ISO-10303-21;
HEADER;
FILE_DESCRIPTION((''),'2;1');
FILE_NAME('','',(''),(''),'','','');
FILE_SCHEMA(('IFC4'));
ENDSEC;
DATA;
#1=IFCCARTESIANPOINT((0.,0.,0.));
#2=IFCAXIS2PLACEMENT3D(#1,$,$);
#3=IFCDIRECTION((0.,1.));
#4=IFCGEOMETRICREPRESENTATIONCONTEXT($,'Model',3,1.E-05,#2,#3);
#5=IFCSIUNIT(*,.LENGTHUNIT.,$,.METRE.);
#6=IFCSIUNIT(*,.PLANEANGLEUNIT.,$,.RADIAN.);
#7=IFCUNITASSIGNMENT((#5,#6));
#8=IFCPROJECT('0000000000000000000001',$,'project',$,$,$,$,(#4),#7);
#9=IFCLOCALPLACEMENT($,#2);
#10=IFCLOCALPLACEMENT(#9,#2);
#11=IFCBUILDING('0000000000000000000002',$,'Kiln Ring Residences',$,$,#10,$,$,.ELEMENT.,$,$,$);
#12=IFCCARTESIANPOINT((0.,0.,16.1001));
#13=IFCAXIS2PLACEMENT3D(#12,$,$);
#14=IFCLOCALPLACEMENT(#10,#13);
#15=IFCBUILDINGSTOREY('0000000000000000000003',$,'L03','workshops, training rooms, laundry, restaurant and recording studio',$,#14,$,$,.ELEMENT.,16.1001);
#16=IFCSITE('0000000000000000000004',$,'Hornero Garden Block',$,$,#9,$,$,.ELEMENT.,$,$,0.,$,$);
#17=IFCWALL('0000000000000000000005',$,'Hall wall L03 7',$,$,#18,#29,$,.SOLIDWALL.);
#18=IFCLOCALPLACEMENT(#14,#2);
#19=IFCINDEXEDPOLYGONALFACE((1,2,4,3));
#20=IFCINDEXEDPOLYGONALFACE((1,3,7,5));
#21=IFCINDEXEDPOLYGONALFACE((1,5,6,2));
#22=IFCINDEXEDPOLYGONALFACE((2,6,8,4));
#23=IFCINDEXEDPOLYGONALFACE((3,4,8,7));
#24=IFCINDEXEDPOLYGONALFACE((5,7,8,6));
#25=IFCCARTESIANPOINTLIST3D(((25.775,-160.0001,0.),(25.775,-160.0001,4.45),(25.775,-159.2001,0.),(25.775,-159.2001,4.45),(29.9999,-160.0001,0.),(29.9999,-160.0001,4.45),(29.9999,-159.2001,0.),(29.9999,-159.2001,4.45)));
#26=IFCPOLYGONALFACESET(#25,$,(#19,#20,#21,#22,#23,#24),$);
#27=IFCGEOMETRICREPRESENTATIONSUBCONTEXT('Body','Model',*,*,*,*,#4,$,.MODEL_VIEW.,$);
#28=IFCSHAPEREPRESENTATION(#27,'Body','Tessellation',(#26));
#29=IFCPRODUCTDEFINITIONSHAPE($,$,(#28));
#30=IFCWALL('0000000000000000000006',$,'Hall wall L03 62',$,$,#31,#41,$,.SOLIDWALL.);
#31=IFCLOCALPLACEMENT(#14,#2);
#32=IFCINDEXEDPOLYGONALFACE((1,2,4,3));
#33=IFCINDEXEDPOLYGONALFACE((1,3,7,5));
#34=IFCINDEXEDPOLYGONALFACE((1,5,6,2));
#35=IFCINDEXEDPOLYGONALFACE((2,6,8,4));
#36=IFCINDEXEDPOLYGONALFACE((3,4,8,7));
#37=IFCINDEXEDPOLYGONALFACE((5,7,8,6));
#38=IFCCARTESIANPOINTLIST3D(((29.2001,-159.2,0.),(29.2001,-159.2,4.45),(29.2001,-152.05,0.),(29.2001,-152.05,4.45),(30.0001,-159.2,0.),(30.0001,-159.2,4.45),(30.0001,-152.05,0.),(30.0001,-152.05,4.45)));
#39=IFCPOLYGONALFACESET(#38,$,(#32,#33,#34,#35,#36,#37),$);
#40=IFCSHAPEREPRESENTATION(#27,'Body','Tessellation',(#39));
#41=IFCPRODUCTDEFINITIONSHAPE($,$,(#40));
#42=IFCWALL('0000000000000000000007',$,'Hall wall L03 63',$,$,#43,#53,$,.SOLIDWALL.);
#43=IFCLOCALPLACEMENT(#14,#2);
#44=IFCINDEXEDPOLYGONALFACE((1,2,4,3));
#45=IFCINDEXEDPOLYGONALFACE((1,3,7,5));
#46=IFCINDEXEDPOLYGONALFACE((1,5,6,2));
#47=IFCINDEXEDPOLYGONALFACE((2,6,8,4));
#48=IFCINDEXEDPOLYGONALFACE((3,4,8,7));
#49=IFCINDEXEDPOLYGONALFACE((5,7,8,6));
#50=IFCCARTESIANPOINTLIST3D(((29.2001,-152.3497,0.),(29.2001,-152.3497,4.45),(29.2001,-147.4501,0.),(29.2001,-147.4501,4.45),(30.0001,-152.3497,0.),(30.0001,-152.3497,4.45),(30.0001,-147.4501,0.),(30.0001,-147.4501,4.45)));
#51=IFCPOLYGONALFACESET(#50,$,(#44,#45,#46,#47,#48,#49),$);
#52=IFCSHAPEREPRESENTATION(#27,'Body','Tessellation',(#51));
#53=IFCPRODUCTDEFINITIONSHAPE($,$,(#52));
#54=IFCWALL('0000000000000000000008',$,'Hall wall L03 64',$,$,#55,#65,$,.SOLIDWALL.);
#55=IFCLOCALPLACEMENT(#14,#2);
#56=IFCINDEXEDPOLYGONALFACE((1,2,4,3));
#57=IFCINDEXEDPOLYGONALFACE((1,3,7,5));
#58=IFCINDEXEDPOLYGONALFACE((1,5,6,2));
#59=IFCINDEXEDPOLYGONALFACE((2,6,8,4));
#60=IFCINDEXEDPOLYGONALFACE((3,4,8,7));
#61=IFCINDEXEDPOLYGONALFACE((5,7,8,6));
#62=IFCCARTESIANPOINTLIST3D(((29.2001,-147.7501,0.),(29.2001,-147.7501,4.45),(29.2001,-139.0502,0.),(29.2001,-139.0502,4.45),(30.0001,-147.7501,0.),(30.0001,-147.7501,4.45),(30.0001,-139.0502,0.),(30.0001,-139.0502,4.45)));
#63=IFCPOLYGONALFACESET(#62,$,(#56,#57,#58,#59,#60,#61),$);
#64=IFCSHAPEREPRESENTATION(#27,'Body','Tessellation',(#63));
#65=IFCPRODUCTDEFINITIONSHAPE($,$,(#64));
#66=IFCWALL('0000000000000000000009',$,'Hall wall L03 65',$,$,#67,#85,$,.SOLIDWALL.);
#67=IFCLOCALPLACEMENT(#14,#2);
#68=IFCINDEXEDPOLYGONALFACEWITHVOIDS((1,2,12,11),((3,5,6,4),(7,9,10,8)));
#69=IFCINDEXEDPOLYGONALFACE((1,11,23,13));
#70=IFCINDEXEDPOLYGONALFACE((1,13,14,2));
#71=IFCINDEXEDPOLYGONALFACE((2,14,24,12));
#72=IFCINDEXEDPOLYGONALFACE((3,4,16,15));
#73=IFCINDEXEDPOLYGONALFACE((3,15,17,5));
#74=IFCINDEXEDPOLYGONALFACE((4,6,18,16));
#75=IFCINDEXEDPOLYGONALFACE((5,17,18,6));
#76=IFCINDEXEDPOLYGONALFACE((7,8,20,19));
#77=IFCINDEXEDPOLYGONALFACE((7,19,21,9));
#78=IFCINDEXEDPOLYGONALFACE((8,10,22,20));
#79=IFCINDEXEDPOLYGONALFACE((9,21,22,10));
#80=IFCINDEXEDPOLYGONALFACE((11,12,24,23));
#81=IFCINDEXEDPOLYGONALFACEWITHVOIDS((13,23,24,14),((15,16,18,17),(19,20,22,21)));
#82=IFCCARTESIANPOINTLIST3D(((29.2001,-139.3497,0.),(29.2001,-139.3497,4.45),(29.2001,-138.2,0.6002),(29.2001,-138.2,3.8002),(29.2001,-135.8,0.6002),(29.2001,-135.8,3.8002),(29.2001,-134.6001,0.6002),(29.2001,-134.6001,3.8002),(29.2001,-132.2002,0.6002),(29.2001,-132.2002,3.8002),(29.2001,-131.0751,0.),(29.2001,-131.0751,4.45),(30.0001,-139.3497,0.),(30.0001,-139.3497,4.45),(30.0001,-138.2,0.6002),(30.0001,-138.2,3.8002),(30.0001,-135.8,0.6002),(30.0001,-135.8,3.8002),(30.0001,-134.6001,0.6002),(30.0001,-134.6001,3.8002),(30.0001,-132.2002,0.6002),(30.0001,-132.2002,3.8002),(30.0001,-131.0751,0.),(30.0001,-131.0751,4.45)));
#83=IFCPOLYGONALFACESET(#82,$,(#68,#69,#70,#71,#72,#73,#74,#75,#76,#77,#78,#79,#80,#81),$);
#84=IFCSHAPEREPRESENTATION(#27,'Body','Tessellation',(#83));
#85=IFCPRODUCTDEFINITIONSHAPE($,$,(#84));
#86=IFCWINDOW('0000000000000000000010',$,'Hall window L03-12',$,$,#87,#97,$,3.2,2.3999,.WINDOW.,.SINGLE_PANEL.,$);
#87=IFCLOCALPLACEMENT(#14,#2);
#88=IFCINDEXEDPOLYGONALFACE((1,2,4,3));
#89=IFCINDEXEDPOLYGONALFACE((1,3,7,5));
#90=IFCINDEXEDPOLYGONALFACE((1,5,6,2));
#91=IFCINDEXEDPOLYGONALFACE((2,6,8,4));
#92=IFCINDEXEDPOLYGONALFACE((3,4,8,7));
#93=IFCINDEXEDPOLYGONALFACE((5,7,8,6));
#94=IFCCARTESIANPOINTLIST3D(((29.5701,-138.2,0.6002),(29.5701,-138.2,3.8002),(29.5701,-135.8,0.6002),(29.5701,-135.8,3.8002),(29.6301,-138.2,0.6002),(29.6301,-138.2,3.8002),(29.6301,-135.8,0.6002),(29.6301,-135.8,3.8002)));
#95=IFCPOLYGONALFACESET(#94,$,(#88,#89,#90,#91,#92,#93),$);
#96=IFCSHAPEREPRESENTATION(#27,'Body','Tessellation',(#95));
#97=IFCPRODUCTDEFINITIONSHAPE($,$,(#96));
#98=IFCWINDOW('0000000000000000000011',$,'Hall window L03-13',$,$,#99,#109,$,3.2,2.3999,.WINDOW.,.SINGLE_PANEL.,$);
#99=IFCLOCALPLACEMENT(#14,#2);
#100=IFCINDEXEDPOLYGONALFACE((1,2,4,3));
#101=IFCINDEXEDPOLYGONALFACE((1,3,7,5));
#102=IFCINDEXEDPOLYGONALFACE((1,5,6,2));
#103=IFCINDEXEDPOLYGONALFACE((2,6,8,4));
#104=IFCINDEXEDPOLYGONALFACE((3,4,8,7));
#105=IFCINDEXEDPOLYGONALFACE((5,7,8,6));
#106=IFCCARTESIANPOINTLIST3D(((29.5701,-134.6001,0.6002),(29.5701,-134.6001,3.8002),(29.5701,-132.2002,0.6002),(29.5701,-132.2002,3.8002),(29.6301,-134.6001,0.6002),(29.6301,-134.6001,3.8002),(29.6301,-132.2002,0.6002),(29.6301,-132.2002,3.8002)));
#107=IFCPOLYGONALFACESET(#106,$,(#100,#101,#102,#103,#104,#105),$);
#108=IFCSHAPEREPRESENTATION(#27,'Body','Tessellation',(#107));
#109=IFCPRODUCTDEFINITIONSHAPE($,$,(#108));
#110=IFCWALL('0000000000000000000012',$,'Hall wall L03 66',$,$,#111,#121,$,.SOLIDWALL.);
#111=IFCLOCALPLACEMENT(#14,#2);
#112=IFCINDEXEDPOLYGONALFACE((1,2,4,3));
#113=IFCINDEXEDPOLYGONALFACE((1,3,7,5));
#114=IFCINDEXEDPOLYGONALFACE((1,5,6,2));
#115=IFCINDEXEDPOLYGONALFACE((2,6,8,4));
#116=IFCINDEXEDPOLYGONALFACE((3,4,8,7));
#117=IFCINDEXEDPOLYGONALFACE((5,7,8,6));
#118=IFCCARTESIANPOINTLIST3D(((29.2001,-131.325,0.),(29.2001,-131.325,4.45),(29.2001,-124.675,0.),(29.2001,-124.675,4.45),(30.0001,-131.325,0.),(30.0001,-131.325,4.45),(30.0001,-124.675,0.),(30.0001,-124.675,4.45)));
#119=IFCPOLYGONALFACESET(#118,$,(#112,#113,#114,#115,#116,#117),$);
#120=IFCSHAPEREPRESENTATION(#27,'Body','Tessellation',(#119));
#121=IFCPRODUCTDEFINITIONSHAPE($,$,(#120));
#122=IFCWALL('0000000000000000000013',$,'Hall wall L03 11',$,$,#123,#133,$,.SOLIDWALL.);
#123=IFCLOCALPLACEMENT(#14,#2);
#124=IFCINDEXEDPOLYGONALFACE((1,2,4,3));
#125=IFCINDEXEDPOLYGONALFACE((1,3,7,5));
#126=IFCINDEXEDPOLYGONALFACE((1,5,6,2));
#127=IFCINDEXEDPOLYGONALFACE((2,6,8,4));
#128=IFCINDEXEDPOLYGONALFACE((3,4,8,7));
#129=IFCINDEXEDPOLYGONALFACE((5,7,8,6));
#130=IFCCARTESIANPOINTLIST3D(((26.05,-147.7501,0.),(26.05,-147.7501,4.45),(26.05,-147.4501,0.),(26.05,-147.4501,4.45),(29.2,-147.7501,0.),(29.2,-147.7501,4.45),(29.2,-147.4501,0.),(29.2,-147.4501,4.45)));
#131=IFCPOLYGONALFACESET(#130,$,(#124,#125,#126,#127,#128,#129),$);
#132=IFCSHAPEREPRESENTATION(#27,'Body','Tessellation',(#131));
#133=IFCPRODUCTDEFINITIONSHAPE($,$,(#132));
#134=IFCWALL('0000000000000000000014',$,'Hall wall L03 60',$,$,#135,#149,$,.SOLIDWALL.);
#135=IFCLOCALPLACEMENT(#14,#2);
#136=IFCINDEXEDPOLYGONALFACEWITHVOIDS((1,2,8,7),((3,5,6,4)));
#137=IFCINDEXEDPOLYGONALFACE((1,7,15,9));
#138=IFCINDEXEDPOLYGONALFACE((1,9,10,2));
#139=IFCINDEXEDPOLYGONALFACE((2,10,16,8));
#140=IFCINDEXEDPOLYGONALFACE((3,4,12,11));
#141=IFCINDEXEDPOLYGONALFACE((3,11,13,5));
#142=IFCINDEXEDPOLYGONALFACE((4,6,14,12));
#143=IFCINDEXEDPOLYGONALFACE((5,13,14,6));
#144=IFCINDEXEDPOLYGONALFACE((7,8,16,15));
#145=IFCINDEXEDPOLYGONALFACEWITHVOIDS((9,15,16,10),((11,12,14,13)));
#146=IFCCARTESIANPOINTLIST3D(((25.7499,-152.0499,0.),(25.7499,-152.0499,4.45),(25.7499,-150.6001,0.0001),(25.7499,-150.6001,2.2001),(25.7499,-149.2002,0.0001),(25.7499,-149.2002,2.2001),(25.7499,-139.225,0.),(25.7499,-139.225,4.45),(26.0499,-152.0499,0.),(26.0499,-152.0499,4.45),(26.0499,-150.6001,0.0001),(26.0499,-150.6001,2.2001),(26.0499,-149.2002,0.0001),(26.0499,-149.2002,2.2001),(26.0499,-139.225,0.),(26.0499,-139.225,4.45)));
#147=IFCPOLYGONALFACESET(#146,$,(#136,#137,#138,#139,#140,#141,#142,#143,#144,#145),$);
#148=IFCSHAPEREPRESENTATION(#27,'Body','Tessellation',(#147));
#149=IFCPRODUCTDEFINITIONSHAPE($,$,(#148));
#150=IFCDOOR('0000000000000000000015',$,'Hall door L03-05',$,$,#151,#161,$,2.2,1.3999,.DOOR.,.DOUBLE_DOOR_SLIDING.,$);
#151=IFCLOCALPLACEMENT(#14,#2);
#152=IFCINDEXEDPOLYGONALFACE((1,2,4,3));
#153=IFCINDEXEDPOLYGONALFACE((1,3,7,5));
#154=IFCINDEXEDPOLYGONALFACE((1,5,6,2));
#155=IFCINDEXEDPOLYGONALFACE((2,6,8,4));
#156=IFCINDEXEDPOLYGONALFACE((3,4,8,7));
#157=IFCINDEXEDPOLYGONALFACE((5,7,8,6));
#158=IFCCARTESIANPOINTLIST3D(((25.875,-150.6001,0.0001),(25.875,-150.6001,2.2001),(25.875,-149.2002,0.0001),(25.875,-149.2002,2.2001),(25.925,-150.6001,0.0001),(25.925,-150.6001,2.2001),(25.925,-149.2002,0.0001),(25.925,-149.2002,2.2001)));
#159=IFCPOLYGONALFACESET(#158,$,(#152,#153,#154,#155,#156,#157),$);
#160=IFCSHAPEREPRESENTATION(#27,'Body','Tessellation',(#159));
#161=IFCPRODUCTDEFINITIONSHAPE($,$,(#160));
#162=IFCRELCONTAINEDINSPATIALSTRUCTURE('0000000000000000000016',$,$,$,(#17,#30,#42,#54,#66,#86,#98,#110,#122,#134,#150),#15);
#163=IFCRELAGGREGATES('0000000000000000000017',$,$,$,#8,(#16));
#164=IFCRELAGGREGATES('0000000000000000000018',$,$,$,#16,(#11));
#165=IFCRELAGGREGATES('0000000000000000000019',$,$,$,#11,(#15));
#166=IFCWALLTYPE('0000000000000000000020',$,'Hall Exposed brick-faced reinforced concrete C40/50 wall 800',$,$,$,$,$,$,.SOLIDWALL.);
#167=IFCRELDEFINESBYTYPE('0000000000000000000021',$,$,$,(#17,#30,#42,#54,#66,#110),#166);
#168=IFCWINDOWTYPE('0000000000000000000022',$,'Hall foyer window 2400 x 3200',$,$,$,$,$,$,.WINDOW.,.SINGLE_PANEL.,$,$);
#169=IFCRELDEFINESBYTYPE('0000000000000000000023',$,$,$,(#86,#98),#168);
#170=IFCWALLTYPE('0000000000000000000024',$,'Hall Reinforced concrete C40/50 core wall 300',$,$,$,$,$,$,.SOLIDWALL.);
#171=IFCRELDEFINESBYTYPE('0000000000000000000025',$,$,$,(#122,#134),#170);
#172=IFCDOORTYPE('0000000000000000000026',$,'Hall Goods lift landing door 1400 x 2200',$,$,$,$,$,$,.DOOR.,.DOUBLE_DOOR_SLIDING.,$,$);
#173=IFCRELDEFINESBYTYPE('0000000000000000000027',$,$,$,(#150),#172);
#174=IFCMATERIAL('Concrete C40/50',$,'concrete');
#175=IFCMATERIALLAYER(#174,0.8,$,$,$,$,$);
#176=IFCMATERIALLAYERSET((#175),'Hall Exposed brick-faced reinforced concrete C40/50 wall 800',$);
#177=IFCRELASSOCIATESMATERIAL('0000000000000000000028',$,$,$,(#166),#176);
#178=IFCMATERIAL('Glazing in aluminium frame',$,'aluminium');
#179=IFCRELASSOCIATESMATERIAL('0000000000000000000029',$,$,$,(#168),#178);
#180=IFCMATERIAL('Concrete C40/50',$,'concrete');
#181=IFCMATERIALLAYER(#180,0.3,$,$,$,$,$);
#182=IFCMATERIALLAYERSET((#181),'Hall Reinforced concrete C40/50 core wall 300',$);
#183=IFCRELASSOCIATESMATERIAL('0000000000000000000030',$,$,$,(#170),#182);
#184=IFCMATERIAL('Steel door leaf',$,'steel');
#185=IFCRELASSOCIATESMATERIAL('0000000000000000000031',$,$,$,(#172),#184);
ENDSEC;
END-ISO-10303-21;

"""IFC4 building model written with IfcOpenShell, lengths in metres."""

from ifc_helpers import new_model, si_unit, direction, frame, frame_2d, origin, place, context, subcontext, project, spatial, rectangle, extrude, material, layer, layer_set, type_object, element, fill, save


model = new_model("IFC4")

# Units and contexts
model_context = context("Model", 3, precision=1e-05, world=origin(), true_north=direction((0.0, 1.0)))
body_context = subcontext(model_context, "Body", "Model", "MODEL_VIEW")
ifc_project = project(units=[si_unit("LENGTHUNIT", "METRE"), si_unit("PLANEANGLEUNIT", "RADIAN")], contexts=[model_context])

# Site, building, storey
site_placement = place(None, origin())
site = spatial("IfcSite", under=ifc_project, at=site_placement, Name="Hornero Garden Block", CompositionType="ELEMENT", RefElevation=0.0)
building_placement = place(site_placement, origin())
building = spatial("IfcBuilding", under=site, at=building_placement, Name="Kiln Ring Residences", CompositionType="ELEMENT")
storey_placement = place(building_placement, frame((0.0, 0.0, 16.1001)))
storey = spatial("IfcBuildingStorey", under=building, at=storey_placement, Name="L03", Description="workshops, training rooms, laundry, restaurant and recording studio", CompositionType="ELEMENT", Elevation=16.1001)

# Walls
ifc_material_1 = material(Name="Concrete C40/50", Category="concrete")
ifc_layer_1 = layer(ifc_material_1, 0.8)
ifc_layer_set_1 = layer_set([ifc_layer_1], Name="Hall Exposed brick-faced reinforced concrete C40/50 wall 800")
wall_type_1 = type_object("IfcWallType", Name="Hall Exposed brick-faced reinforced concrete C40/50 wall 800", PredefinedType="SOLIDWALL", material=ifc_layer_set_1)
wall_1_placement = place(storey_placement, frame((25.7751, -159.6001, 0.0), z_axis=(0.0, 0.0, 1.0), x_axis=(1.0, 0.0, 0.0)))
element("IfcWall", 1, at=wall_1_placement, inside=storey, type_object=wall_type_1, Name="Hall wall L03 7", PredefinedType="SOLIDWALL", context=body_context, shape_type="SweptSolid", body=[
    extrude(rectangle(XDim=4.2249, YDim=0.8, at=frame_2d((2.1123, 0.0))), origin(), (0.0, 0.0, 1.0), 4.45),
])
wall_2_placement = place(storey_placement, frame((29.6001, -152.05, 0.0), z_axis=(0.0, 0.0, 1.0), x_axis=(0.0, -1.0, 0.0)))
element("IfcWall", 2, at=wall_2_placement, inside=storey, type_object=wall_type_1, Name="Hall wall L03 62", PredefinedType="SOLIDWALL", context=body_context, shape_type="SweptSolid", body=[
    extrude(rectangle(XDim=7.1499, YDim=0.8, at=frame_2d((3.575, 0.0))), origin(), (0.0, 0.0, 1.0), 4.45),
])
wall_3_placement = place(storey_placement, frame((29.6001, -147.4502, 0.0), z_axis=(0.0, 0.0, 1.0), x_axis=(0.0, -1.0, 0.0)))
element("IfcWall", 3, at=wall_3_placement, inside=storey, type_object=wall_type_1, Name="Hall wall L03 63", PredefinedType="SOLIDWALL", context=body_context, shape_type="SweptSolid", body=[
    extrude(rectangle(XDim=4.8997, YDim=0.8, at=frame_2d((2.4497, 0.0))), origin(), (0.0, 0.0, 1.0), 4.45),
])
wall_4_placement = place(storey_placement, frame((29.6001, -139.05, 0.0), z_axis=(0.0, 0.0, 1.0), x_axis=(0.0, -1.0, 0.0)))
element("IfcWall", 4, at=wall_4_placement, inside=storey, type_object=wall_type_1, Name="Hall wall L03 64", PredefinedType="SOLIDWALL", context=body_context, shape_type="SweptSolid", body=[
    extrude(rectangle(XDim=8.7, YDim=0.8, at=frame_2d((4.3501, 0.0))), origin(), (0.0, 0.0, 1.0), 4.45),
])

# Wall, openings, windows
wall_5_placement = place(storey_placement, frame((29.6001, -131.0752, 0.0), z_axis=(0.0, 0.0, 1.0), x_axis=(0.0, -1.0, 0.0)))
wall_5 = element("IfcWall", 5, at=wall_5_placement, inside=storey, type_object=wall_type_1, Name="Hall wall L03 65", PredefinedType="SOLIDWALL", context=body_context, shape_type="SweptSolid", body=[
    extrude(rectangle(XDim=8.2747, YDim=0.8, at=frame_2d((4.1372, 0.0))), origin(), (0.0, 0.0, 1.0), 4.45),
])
opening_1_placement = place(wall_5_placement, frame((4.7249, 0.0, 0.6001)))
opening_1 = element("IfcOpeningElement", 6, at=opening_1_placement, cuts=wall_5, PredefinedType="OPENING", context=body_context, shape_type="SweptSolid", body=[
    extrude(rectangle(XDim=2.3999, YDim=3.2, at=frame_2d((1.2, 1.6001))), frame((0.0, 0.4099, 0.0), z_axis=(0.0, -1.0, 0.0), x_axis=(1.0, 0.0, 0.0)), (0.0, 0.0, 1.0), 0.8201),
])
opening_2_placement = place(wall_5_placement, frame((1.125, 0.0, 0.6001)))
opening_2 = element("IfcOpeningElement", 7, at=opening_2_placement, cuts=wall_5, PredefinedType="OPENING", context=body_context, shape_type="SweptSolid", body=[
    extrude(rectangle(XDim=2.3999, YDim=3.2, at=frame_2d((1.2, 1.6001))), frame((0.0, 0.4099, 0.0), z_axis=(0.0, -1.0, 0.0), x_axis=(1.0, 0.0, 0.0)), (0.0, 0.0, 1.0), 0.8201),
])
ifc_material_2 = material(Name="Glazing in aluminium frame", Category="aluminium")
window_type = type_object("IfcWindowType", Name="Hall foyer window 2400 x 3200", PartitioningType="SINGLE_PANEL", PredefinedType="WINDOW", material=ifc_material_2)
window_1_placement = place(opening_1_placement, origin())
window_1 = element("IfcWindow", 8, at=window_1_placement, inside=storey, type_object=window_type, Name="Hall window L03-12", OverallHeight=3.2, OverallWidth=2.3999, PartitioningType="SINGLE_PANEL", PredefinedType="WINDOW", context=body_context, shape_type="SweptSolid", body=[
    extrude(rectangle(XDim=2.3999, YDim=3.2, at=frame_2d((1.2, 1.6001))), frame((0.0, 0.03, 0.0), z_axis=(0.0, -1.0, 0.0), x_axis=(1.0, 0.0, 0.0)), (0.0, 0.0, 1.0), 0.0601),
])
fill(opening_1, window_1)
window_2_placement = place(opening_2_placement, origin())
window_2 = element("IfcWindow", 9, at=window_2_placement, inside=storey, type_object=window_type, Name="Hall window L03-13", OverallHeight=3.2, OverallWidth=2.3999, PartitioningType="SINGLE_PANEL", PredefinedType="WINDOW", context=body_context, shape_type="SweptSolid", body=[
    extrude(rectangle(XDim=2.3999, YDim=3.2, at=frame_2d((1.2, 1.6001))), frame((0.0, 0.03, 0.0), z_axis=(0.0, -1.0, 0.0), x_axis=(1.0, 0.0, 0.0)), (0.0, 0.0, 1.0), 0.0601),
])
fill(opening_2, window_2)

# Walls
wall_6_placement = place(storey_placement, frame((29.6001, -124.675, 0.0), z_axis=(0.0, 0.0, 1.0), x_axis=(0.0, -1.0, 0.0)))
element("IfcWall", 10, at=wall_6_placement, inside=storey, type_object=wall_type_1, Name="Hall wall L03 66", PredefinedType="SOLIDWALL", context=body_context, shape_type="SweptSolid", body=[
    extrude(rectangle(XDim=6.6499, YDim=0.8, at=frame_2d((3.325, 0.0))), origin(), (0.0, 0.0, 1.0), 4.45),
])
ifc_material_3 = material(Name="Concrete C40/50", Category="concrete")
ifc_layer_2 = layer(ifc_material_3, 0.3)
ifc_layer_set_2 = layer_set([ifc_layer_2], Name="Hall Reinforced concrete C40/50 core wall 300")
wall_type_2 = type_object("IfcWallType", Name="Hall Reinforced concrete C40/50 core wall 300", PredefinedType="SOLIDWALL", material=ifc_layer_set_2)
wall_7_placement = place(storey_placement, frame((26.05, -147.6001, 0.0), z_axis=(0.0, 0.0, 1.0), x_axis=(1.0, 0.0, 0.0)))
element("IfcWall", 11, at=wall_7_placement, inside=storey, type_object=wall_type_2, Name="Hall wall L03 11", PredefinedType="SOLIDWALL", context=body_context, shape_type="SweptSolid", body=[
    extrude(rectangle(XDim=3.1499, YDim=0.3, at=frame_2d((1.575, 0.0))), origin(), (0.0, 0.0, 1.0), 4.45),
])

# Wall, opening, door
wall_8_placement = place(storey_placement, frame((25.8999, -152.05, 0.0), z_axis=(0.0, 0.0, 1.0), x_axis=(0.0, 1.0, 0.0)))
wall_8 = element("IfcWall", 12, at=wall_8_placement, inside=storey, type_object=wall_type_2, Name="Hall wall L03 60", PredefinedType="SOLIDWALL", context=body_context, shape_type="SweptSolid", body=[
    extrude(rectangle(XDim=12.825, YDim=0.3, at=frame_2d((6.4126, 0.0))), origin(), (0.0, 0.0, 1.0), 4.45),
])
opening_3_placement = place(wall_8_placement, frame((1.45, 0.0, 0.0)))
opening_3 = element("IfcOpeningElement", 13, at=opening_3_placement, cuts=wall_8, PredefinedType="OPENING", context=body_context, shape_type="SweptSolid", body=[
    extrude(rectangle(XDim=1.3999, YDim=2.2, at=frame_2d((0.7, 1.1001))), frame((0.0, 0.1599, 0.0), z_axis=(0.0, -1.0, 0.0), x_axis=(1.0, 0.0, 0.0)), (0.0, 0.0, 1.0), 0.3201),
])
ifc_material_4 = material(Name="Steel door leaf", Category="steel")
door_type_1 = type_object("IfcDoorType", Name="Hall Goods lift landing door 1400 x 2200", OperationType="DOUBLE_DOOR_SLIDING", PredefinedType="DOOR", material=ifc_material_4)
door_1_placement = place(opening_3_placement, origin())
door_1 = element("IfcDoor", 14, at=door_1_placement, inside=storey, type_object=door_type_1, Name="Hall door L03-05", OperationType="DOUBLE_DOOR_SLIDING", OverallHeight=2.2, OverallWidth=1.3999, PredefinedType="DOOR", context=body_context, shape_type="SweptSolid", body=[
    extrude(rectangle(XDim=1.3999, YDim=2.2, at=frame_2d((0.7, 1.1001))), frame((0.0, 0.0249, 0.0), z_axis=(0.0, -1.0, 0.0), x_axis=(1.0, 0.0, 0.0)), (0.0, 0.0, 1.0), 0.05),
])
fill(opening_3, door_1)

save(model, "model.ifc")
